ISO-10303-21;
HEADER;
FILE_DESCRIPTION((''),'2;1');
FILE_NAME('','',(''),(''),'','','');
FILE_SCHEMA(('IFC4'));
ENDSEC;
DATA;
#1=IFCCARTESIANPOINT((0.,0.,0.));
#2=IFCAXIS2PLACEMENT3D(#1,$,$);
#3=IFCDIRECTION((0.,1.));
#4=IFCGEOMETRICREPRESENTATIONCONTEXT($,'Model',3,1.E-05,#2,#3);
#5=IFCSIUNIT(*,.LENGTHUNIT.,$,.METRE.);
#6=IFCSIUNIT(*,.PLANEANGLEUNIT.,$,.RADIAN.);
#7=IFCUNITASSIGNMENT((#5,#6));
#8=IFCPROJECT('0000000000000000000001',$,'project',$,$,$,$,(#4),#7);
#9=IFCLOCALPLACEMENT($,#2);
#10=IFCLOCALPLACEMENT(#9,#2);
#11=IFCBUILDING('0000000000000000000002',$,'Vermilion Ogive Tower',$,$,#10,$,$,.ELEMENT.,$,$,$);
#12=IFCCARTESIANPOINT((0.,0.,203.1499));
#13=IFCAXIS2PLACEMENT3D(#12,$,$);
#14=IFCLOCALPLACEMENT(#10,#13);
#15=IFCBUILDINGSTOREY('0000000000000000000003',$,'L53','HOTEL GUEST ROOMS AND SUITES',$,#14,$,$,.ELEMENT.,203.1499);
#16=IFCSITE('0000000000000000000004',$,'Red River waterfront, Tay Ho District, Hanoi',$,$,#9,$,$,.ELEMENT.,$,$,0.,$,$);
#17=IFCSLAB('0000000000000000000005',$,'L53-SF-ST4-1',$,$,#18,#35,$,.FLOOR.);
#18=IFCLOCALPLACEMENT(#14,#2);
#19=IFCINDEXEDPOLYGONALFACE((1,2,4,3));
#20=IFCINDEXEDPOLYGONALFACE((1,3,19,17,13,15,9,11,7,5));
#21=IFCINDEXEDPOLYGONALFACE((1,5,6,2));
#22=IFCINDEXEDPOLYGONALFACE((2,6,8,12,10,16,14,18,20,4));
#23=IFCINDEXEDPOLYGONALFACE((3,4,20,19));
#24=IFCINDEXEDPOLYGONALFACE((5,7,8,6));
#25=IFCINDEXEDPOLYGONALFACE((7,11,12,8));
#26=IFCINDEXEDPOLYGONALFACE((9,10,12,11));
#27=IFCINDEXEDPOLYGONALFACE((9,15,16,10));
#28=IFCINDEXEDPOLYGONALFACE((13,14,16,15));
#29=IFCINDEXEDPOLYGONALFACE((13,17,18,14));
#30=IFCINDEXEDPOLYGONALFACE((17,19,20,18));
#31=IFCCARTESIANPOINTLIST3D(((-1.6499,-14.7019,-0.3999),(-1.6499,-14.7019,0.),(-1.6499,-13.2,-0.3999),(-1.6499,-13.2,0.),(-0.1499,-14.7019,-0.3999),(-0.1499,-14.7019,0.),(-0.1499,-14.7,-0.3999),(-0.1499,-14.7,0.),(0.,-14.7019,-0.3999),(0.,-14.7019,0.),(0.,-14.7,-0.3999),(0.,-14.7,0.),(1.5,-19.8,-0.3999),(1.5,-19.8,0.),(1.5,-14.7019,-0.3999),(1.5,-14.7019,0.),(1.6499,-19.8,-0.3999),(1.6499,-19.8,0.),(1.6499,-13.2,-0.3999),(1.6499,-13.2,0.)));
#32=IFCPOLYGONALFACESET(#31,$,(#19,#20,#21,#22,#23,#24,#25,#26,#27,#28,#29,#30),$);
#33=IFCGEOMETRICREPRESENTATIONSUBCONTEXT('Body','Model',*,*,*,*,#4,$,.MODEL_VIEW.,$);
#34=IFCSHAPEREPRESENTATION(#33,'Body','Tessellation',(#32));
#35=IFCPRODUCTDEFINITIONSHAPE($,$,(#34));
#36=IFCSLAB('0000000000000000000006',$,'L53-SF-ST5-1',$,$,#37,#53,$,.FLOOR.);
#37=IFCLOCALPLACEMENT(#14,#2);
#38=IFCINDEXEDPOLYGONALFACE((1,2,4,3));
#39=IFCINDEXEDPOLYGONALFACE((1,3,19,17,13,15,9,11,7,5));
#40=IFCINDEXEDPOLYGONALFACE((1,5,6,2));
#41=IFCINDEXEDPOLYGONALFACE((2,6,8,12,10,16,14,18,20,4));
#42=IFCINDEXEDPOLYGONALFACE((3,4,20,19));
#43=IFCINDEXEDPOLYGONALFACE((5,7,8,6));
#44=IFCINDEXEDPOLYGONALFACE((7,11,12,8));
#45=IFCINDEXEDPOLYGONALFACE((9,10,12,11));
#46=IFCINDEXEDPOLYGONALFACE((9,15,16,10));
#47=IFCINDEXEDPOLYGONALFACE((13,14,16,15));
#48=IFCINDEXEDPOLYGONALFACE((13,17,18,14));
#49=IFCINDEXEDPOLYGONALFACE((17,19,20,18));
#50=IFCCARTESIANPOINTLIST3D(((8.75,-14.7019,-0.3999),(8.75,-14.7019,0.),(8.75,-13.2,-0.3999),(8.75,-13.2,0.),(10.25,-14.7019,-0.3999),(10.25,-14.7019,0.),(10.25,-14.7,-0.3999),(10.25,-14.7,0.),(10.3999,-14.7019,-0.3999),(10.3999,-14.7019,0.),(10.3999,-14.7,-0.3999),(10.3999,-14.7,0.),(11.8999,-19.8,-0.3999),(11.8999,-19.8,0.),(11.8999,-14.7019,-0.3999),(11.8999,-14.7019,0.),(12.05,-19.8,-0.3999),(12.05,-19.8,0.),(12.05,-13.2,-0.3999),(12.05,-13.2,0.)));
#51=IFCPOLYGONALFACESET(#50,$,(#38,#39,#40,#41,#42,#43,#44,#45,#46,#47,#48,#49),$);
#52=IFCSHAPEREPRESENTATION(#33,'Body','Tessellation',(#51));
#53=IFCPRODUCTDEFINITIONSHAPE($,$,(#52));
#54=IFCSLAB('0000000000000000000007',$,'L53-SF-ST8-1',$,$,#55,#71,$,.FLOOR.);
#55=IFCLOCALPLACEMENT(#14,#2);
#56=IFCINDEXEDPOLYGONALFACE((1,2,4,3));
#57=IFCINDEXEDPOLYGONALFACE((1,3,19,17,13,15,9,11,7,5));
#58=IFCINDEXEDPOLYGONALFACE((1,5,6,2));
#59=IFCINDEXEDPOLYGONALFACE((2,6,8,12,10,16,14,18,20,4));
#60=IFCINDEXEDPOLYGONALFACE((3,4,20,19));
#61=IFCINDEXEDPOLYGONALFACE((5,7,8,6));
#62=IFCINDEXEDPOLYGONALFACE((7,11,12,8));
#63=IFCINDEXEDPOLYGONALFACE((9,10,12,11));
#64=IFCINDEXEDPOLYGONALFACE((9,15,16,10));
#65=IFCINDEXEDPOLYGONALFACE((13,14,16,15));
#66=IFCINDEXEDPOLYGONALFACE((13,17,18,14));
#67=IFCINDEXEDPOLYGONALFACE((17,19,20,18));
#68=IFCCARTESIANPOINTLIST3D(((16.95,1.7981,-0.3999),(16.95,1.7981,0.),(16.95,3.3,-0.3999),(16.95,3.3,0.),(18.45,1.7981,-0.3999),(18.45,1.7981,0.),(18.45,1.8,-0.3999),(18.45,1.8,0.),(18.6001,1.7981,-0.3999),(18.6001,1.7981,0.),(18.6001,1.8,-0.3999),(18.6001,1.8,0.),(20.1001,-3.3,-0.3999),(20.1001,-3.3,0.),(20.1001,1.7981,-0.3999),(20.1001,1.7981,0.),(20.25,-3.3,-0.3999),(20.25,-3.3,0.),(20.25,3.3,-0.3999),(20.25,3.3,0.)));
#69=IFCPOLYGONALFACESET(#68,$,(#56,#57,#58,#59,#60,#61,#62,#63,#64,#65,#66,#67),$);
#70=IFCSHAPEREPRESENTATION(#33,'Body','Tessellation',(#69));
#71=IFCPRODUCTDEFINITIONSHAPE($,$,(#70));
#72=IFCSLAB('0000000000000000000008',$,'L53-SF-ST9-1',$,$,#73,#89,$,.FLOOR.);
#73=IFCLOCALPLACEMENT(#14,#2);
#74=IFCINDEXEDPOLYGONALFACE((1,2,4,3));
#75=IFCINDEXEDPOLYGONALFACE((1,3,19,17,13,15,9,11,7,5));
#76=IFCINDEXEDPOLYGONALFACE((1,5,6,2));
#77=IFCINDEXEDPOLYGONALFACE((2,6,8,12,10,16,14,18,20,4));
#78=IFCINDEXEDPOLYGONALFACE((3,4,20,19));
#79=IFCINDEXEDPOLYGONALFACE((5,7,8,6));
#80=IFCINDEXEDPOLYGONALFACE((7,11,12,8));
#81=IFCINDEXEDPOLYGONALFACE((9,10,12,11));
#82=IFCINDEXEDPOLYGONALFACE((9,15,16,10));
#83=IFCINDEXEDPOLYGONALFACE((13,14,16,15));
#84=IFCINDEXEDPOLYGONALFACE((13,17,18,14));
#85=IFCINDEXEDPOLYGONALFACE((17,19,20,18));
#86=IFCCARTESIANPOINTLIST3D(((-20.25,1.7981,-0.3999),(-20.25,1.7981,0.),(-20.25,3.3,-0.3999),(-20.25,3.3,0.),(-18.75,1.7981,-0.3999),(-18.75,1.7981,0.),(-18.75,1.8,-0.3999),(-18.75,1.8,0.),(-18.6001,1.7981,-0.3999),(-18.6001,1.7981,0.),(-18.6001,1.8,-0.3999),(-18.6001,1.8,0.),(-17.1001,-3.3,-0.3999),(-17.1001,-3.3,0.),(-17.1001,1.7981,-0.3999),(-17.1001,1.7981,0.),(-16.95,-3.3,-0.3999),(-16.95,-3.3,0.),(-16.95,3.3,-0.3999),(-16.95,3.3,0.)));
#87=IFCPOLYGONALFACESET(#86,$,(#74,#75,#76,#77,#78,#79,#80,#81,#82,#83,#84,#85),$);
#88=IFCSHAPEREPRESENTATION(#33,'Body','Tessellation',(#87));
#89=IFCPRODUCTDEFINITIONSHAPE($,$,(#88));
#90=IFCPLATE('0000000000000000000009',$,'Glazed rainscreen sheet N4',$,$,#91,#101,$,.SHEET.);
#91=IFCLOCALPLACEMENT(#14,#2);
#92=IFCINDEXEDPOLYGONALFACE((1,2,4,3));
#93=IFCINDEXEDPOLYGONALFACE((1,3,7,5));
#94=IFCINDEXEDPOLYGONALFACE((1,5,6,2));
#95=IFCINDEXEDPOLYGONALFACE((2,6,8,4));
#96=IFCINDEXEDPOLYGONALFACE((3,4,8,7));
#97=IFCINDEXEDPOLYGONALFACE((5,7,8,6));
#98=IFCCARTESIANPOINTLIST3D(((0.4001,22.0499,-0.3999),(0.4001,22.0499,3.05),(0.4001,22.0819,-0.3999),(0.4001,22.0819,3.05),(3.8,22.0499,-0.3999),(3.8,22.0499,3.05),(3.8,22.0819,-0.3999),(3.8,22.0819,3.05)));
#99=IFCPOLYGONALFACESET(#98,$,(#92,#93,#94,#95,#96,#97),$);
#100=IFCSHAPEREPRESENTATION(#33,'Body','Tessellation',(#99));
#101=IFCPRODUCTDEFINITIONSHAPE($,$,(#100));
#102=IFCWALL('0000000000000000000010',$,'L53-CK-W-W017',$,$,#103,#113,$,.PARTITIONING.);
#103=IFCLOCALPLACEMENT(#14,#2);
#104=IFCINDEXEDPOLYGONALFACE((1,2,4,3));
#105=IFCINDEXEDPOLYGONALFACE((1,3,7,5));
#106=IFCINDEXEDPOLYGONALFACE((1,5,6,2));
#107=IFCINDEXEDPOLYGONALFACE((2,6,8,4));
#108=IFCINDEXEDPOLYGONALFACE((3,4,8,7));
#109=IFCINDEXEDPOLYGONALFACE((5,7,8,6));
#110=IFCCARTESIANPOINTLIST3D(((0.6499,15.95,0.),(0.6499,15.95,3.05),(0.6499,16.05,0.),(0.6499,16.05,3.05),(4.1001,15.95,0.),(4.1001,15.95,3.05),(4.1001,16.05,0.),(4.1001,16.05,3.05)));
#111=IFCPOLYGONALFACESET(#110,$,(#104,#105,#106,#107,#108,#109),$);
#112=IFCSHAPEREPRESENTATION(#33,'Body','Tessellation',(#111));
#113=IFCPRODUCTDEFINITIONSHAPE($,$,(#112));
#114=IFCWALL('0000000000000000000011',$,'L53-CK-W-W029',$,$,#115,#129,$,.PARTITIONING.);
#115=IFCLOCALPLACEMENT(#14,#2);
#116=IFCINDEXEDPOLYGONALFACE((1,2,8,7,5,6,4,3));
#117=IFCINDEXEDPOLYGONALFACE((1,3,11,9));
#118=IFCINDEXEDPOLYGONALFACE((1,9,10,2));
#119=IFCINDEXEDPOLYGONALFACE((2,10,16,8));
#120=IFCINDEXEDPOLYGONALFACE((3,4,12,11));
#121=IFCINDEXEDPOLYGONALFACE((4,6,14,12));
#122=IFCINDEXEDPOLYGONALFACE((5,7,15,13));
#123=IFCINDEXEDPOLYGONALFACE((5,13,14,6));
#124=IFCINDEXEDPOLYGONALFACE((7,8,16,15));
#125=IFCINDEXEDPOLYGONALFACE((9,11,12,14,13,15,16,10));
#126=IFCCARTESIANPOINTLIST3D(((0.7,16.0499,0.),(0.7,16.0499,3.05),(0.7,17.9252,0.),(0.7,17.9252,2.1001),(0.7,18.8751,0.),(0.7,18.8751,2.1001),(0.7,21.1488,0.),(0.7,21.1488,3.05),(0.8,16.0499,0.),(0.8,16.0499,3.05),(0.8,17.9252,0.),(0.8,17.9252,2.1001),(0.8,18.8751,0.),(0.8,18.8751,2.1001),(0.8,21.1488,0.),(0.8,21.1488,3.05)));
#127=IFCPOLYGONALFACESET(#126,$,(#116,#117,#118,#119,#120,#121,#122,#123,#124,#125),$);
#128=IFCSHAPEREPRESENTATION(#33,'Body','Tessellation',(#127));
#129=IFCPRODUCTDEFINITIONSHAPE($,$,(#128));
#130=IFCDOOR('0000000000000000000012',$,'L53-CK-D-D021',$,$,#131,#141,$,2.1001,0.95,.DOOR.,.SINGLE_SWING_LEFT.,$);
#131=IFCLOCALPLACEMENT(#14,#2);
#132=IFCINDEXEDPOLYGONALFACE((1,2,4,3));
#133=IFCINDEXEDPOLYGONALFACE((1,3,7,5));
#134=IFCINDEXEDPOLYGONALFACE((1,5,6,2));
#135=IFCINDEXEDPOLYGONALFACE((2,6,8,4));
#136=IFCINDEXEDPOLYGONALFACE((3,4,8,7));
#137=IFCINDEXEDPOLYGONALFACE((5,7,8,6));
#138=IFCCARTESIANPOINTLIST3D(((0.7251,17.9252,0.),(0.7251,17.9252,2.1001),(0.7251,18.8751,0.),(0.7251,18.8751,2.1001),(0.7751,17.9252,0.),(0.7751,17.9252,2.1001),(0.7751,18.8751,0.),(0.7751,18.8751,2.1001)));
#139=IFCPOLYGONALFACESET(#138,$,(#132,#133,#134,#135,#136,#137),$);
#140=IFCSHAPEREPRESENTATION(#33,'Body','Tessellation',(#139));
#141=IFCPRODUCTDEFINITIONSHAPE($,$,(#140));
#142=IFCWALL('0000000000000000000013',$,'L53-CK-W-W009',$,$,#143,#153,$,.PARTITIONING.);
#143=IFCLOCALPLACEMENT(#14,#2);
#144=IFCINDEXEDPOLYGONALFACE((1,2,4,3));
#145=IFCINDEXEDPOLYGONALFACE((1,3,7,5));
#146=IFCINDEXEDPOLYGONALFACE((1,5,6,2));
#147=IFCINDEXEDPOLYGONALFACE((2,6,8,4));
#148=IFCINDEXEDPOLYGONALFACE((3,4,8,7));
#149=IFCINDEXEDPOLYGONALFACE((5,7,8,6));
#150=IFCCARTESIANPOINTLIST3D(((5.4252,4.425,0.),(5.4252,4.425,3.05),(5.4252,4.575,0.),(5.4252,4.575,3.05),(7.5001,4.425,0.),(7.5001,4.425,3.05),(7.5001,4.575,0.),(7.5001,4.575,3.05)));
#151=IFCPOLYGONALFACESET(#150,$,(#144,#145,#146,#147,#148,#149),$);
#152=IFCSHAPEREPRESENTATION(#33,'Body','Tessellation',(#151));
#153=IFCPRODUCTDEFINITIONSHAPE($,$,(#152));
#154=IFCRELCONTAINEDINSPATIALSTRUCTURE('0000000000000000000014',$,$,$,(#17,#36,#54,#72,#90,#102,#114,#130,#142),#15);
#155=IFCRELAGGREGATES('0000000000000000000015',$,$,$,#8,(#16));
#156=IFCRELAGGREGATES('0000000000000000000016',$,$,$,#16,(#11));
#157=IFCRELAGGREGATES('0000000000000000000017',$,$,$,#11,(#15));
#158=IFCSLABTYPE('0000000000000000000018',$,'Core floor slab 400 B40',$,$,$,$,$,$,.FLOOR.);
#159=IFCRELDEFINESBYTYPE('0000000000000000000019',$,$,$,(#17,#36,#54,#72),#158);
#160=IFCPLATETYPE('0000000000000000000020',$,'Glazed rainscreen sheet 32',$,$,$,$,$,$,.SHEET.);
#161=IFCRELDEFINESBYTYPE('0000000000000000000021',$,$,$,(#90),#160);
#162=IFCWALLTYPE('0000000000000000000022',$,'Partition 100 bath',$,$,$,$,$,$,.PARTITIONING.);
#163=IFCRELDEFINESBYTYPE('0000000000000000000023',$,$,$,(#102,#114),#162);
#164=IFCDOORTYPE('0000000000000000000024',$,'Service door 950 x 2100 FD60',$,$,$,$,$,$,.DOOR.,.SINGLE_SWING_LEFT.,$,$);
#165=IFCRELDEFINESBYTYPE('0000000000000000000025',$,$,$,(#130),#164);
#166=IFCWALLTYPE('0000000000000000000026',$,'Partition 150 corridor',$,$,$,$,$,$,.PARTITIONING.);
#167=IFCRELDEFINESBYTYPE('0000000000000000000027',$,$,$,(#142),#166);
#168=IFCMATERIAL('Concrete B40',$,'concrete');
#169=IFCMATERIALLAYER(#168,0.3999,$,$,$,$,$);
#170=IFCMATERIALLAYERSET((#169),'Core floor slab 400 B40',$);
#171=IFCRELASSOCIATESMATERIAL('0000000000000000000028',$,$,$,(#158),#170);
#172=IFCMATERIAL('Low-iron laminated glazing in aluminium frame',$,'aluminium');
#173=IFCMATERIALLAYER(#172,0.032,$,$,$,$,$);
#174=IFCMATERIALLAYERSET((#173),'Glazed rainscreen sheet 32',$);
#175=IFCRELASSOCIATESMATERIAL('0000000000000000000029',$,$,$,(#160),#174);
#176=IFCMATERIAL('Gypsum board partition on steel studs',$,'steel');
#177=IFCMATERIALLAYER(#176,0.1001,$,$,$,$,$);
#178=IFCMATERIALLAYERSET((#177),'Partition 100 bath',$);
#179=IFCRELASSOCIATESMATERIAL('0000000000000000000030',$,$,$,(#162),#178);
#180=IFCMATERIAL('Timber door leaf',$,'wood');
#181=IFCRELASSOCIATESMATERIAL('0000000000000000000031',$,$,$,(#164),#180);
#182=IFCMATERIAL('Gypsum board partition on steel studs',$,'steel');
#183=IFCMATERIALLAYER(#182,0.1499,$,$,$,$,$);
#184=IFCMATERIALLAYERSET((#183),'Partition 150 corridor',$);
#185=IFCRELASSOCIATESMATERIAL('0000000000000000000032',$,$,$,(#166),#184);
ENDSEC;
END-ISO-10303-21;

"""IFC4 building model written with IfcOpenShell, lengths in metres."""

from ifc_helpers import new_model, si_unit, direction, frame, frame_2d, origin, origin_2d, place, context, subcontext, project, spatial, polyline, rectangle, outline, extrude, material, layer, layer_set, type_object, element, fill, save


model = new_model("IFC4")

# Units and contexts
model_context = context("Model", 3, precision=1e-05, world=origin(), true_north=direction((0.0, 1.0)))
body_context = subcontext(model_context, "Body", "Model", "MODEL_VIEW")
ifc_project = project(units=[si_unit("LENGTHUNIT", "METRE"), si_unit("PLANEANGLEUNIT", "RADIAN")], contexts=[model_context])

# Site, building, storey
site_placement = place(None, origin())
site = spatial("IfcSite", under=ifc_project, at=site_placement, Name="Red River waterfront, Tay Ho District, Hanoi", CompositionType="ELEMENT", RefElevation=0.0)
building_placement = place(site_placement, origin())
building = spatial("IfcBuilding", under=site, at=building_placement, Name="Vermilion Ogive Tower", CompositionType="ELEMENT")
storey_placement = place(building_placement, frame((0.0, 0.0, 203.1499)))
storey = spatial("IfcBuildingStorey", under=building, at=storey_placement, Name="L53", Description="HOTEL GUEST ROOMS AND SUITES", CompositionType="ELEMENT", Elevation=203.1499)

# Slabs
ifc_material_1 = material(Name="Concrete B40", Category="concrete")
ifc_layer_1 = layer(ifc_material_1, 0.3999)
ifc_layer_set_1 = layer_set([ifc_layer_1], Name="Core floor slab 400 B40")
slab_type = type_object("IfcSlabType", Name="Core floor slab 400 B40", PredefinedType="FLOOR", material=ifc_layer_set_1)
slab_1_placement = place(storey_placement, frame((0.0, 0.0, -0.3999)))
element("IfcSlab", 1, at=slab_1_placement, inside=storey, type_object=slab_type, Name="L53-SF-ST4-1", PredefinedType="FLOOR", context=body_context, shape_type="SweptSolid", body=[
    extrude(outline(polyline([(-1.6499, -13.2), (-1.6499, -14.7019), (-0.1499, -14.7019), (-0.1499, -14.7), (0.0, -14.7), (0.0, -14.7019), (1.5, -14.7019), (1.5, -19.8), (1.6499, -19.8), (1.6499, -13.2), (-1.6499, -13.2)])), origin(), (0.0, 0.0, 1.0), 0.3999),
])
slab_2_placement = place(storey_placement, frame((0.0, 0.0, -0.3999)))
element("IfcSlab", 2, at=slab_2_placement, inside=storey, type_object=slab_type, Name="L53-SF-ST5-1", PredefinedType="FLOOR", context=body_context, shape_type="SweptSolid", body=[
    extrude(outline(polyline([(8.75, -13.2), (8.75, -14.7019), (10.25, -14.7019), (10.25, -14.7), (10.3999, -14.7), (10.3999, -14.7019), (11.8999, -14.7019), (11.8999, -19.8), (12.05, -19.8), (12.05, -13.2), (8.75, -13.2)])), origin(), (0.0, 0.0, 1.0), 0.3999),
])
slab_3_placement = place(storey_placement, frame((0.0, 0.0, -0.3999)))
element("IfcSlab", 3, at=slab_3_placement, inside=storey, type_object=slab_type, Name="L53-SF-ST8-1", PredefinedType="FLOOR", context=body_context, shape_type="SweptSolid", body=[
    extrude(outline(polyline([(16.95, 3.3), (16.95, 1.7981), (18.45, 1.7981), (18.45, 1.8), (18.6001, 1.8), (18.6001, 1.7981), (20.1001, 1.7981), (20.1001, -3.3), (20.25, -3.3), (20.25, 3.3), (16.95, 3.3)])), origin(), (0.0, 0.0, 1.0), 0.3999),
])
slab_4_placement = place(storey_placement, frame((0.0, 0.0, -0.3999)))
element("IfcSlab", 4, at=slab_4_placement, inside=storey, type_object=slab_type, Name="L53-SF-ST9-1", PredefinedType="FLOOR", context=body_context, shape_type="SweptSolid", body=[
    extrude(outline(polyline([(-20.25, 3.3), (-20.25, 1.7981), (-18.75, 1.7981), (-18.75, 1.8), (-18.6001, 1.8), (-18.6001, 1.7981), (-17.1001, 1.7981), (-17.1001, -3.3), (-16.95, -3.3), (-16.95, 3.3), (-20.25, 3.3)])), origin(), (0.0, 0.0, 1.0), 0.3999),
])

# Plate
ifc_material_2 = material(Name="Low-iron laminated glazing in aluminium frame", Category="aluminium")
ifc_layer_2 = layer(ifc_material_2, 0.032)
ifc_layer_set_2 = layer_set([ifc_layer_2], Name="Glazed rainscreen sheet 32")
plate_type = type_object("IfcPlateType", Name="Glazed rainscreen sheet 32", PredefinedType="SHEET", material=ifc_layer_set_2)
plate_placement = place(storey_placement, frame((2.1001, 22.0659, -0.3999), z_axis=(0.0, 0.0, 1.0), x_axis=(1.0, 0.0, 0.0)))
element("IfcPlate", 5, at=plate_placement, inside=storey, type_object=plate_type, Name="Glazed rainscreen sheet N4", PredefinedType="SHEET", context=body_context, shape_type="SweptSolid", body=[
    extrude(rectangle(XDim=3.3999, YDim=0.032, at=origin_2d()), origin(), (0.0, 0.0, 1.0), 3.45),
])

# Wall
ifc_material_3 = material(Name="Gypsum board partition on steel studs", Category="steel")
ifc_layer_3 = layer(ifc_material_3, 0.1001)
ifc_layer_set_3 = layer_set([ifc_layer_3], Name="Partition 100 bath")
wall_type_1 = type_object("IfcWallType", Name="Partition 100 bath", PredefinedType="PARTITIONING", material=ifc_layer_set_3)
wall_1_placement = place(storey_placement, frame((0.6499, 16.0, 0.0), z_axis=(0.0, 0.0, 1.0), x_axis=(1.0, 0.0, 0.0)))
element("IfcWall", 6, at=wall_1_placement, inside=storey, type_object=wall_type_1, Name="L53-CK-W-W017", PredefinedType="PARTITIONING", context=body_context, shape_type="SweptSolid", body=[
    extrude(rectangle(XDim=3.4502, YDim=0.1001, at=frame_2d((1.7251, 0.0))), origin(), (0.0, 0.0, 1.0), 3.05),
])

# Wall, opening, door
wall_2_placement = place(storey_placement, frame((0.75, 16.05, 0.0), z_axis=(0.0, 0.0, 1.0), x_axis=(0.0, 1.0, 0.0)))
wall_2 = element("IfcWall", 7, at=wall_2_placement, inside=storey, type_object=wall_type_1, Name="L53-CK-W-W029", PredefinedType="PARTITIONING", context=body_context, shape_type="SweptSolid", body=[
    extrude(rectangle(XDim=5.0989, YDim=0.1001, at=frame_2d((2.5493, 0.0))), origin(), (0.0, 0.0, 1.0), 3.05),
])
opening_1_placement = place(wall_2_placement, frame((1.875, 0.0, 0.0)))
opening_1 = element("IfcOpeningElement", 8, at=opening_1_placement, cuts=wall_2, PredefinedType="OPENING", context=body_context, shape_type="SweptSolid", body=[
    extrude(rectangle(XDim=0.95, YDim=2.1001, at=frame_2d((0.4751, 1.05))), frame((0.0, 0.0601, 0.0), z_axis=(0.0, -1.0, 0.0), x_axis=(1.0, 0.0, 0.0)), (0.0, 0.0, 1.0), 0.1201),
])
ifc_material_4 = material(Name="Timber door leaf", Category="wood")
door_type_1 = type_object("IfcDoorType", Name="Service door 950 x 2100 FD60", OperationType="SINGLE_SWING_LEFT", PredefinedType="DOOR", material=ifc_material_4)
door_1_placement = place(opening_1_placement, origin())
door_1 = element("IfcDoor", 9, at=door_1_placement, inside=storey, type_object=door_type_1, Name="L53-CK-D-D021", OperationType="SINGLE_SWING_LEFT", OverallHeight=2.1001, OverallWidth=0.95, PredefinedType="DOOR", context=body_context, shape_type="SweptSolid", body=[
    extrude(rectangle(XDim=0.95, YDim=2.1001, at=frame_2d((0.4751, 1.05))), frame((0.0, 0.0249, 0.0), z_axis=(0.0, -1.0, 0.0), x_axis=(1.0, 0.0, 0.0)), (0.0, 0.0, 1.0), 0.05),
])
fill(opening_1, door_1)

# Wall
ifc_material_5 = material(Name="Gypsum board partition on steel studs", Category="steel")
ifc_layer_4 = layer(ifc_material_5, 0.1499)
ifc_layer_set_4 = layer_set([ifc_layer_4], Name="Partition 150 corridor")
wall_type_2 = type_object("IfcWallType", Name="Partition 150 corridor", PredefinedType="PARTITIONING", material=ifc_layer_set_4)
wall_3_placement = place(storey_placement, frame((5.425, 4.5, 0.0), z_axis=(0.0, 0.0, 1.0), x_axis=(1.0, 0.0, 0.0)))
element("IfcWall", 10, at=wall_3_placement, inside=storey, type_object=wall_type_2, Name="L53-CK-W-W009", PredefinedType="PARTITIONING", context=body_context, shape_type="SweptSolid", body=[
    extrude(rectangle(XDim=2.075, YDim=0.1499, at=frame_2d((1.0376, 0.0))), origin(), (0.0, 0.0, 1.0), 3.05),
])

save(model, "model.ifc")
